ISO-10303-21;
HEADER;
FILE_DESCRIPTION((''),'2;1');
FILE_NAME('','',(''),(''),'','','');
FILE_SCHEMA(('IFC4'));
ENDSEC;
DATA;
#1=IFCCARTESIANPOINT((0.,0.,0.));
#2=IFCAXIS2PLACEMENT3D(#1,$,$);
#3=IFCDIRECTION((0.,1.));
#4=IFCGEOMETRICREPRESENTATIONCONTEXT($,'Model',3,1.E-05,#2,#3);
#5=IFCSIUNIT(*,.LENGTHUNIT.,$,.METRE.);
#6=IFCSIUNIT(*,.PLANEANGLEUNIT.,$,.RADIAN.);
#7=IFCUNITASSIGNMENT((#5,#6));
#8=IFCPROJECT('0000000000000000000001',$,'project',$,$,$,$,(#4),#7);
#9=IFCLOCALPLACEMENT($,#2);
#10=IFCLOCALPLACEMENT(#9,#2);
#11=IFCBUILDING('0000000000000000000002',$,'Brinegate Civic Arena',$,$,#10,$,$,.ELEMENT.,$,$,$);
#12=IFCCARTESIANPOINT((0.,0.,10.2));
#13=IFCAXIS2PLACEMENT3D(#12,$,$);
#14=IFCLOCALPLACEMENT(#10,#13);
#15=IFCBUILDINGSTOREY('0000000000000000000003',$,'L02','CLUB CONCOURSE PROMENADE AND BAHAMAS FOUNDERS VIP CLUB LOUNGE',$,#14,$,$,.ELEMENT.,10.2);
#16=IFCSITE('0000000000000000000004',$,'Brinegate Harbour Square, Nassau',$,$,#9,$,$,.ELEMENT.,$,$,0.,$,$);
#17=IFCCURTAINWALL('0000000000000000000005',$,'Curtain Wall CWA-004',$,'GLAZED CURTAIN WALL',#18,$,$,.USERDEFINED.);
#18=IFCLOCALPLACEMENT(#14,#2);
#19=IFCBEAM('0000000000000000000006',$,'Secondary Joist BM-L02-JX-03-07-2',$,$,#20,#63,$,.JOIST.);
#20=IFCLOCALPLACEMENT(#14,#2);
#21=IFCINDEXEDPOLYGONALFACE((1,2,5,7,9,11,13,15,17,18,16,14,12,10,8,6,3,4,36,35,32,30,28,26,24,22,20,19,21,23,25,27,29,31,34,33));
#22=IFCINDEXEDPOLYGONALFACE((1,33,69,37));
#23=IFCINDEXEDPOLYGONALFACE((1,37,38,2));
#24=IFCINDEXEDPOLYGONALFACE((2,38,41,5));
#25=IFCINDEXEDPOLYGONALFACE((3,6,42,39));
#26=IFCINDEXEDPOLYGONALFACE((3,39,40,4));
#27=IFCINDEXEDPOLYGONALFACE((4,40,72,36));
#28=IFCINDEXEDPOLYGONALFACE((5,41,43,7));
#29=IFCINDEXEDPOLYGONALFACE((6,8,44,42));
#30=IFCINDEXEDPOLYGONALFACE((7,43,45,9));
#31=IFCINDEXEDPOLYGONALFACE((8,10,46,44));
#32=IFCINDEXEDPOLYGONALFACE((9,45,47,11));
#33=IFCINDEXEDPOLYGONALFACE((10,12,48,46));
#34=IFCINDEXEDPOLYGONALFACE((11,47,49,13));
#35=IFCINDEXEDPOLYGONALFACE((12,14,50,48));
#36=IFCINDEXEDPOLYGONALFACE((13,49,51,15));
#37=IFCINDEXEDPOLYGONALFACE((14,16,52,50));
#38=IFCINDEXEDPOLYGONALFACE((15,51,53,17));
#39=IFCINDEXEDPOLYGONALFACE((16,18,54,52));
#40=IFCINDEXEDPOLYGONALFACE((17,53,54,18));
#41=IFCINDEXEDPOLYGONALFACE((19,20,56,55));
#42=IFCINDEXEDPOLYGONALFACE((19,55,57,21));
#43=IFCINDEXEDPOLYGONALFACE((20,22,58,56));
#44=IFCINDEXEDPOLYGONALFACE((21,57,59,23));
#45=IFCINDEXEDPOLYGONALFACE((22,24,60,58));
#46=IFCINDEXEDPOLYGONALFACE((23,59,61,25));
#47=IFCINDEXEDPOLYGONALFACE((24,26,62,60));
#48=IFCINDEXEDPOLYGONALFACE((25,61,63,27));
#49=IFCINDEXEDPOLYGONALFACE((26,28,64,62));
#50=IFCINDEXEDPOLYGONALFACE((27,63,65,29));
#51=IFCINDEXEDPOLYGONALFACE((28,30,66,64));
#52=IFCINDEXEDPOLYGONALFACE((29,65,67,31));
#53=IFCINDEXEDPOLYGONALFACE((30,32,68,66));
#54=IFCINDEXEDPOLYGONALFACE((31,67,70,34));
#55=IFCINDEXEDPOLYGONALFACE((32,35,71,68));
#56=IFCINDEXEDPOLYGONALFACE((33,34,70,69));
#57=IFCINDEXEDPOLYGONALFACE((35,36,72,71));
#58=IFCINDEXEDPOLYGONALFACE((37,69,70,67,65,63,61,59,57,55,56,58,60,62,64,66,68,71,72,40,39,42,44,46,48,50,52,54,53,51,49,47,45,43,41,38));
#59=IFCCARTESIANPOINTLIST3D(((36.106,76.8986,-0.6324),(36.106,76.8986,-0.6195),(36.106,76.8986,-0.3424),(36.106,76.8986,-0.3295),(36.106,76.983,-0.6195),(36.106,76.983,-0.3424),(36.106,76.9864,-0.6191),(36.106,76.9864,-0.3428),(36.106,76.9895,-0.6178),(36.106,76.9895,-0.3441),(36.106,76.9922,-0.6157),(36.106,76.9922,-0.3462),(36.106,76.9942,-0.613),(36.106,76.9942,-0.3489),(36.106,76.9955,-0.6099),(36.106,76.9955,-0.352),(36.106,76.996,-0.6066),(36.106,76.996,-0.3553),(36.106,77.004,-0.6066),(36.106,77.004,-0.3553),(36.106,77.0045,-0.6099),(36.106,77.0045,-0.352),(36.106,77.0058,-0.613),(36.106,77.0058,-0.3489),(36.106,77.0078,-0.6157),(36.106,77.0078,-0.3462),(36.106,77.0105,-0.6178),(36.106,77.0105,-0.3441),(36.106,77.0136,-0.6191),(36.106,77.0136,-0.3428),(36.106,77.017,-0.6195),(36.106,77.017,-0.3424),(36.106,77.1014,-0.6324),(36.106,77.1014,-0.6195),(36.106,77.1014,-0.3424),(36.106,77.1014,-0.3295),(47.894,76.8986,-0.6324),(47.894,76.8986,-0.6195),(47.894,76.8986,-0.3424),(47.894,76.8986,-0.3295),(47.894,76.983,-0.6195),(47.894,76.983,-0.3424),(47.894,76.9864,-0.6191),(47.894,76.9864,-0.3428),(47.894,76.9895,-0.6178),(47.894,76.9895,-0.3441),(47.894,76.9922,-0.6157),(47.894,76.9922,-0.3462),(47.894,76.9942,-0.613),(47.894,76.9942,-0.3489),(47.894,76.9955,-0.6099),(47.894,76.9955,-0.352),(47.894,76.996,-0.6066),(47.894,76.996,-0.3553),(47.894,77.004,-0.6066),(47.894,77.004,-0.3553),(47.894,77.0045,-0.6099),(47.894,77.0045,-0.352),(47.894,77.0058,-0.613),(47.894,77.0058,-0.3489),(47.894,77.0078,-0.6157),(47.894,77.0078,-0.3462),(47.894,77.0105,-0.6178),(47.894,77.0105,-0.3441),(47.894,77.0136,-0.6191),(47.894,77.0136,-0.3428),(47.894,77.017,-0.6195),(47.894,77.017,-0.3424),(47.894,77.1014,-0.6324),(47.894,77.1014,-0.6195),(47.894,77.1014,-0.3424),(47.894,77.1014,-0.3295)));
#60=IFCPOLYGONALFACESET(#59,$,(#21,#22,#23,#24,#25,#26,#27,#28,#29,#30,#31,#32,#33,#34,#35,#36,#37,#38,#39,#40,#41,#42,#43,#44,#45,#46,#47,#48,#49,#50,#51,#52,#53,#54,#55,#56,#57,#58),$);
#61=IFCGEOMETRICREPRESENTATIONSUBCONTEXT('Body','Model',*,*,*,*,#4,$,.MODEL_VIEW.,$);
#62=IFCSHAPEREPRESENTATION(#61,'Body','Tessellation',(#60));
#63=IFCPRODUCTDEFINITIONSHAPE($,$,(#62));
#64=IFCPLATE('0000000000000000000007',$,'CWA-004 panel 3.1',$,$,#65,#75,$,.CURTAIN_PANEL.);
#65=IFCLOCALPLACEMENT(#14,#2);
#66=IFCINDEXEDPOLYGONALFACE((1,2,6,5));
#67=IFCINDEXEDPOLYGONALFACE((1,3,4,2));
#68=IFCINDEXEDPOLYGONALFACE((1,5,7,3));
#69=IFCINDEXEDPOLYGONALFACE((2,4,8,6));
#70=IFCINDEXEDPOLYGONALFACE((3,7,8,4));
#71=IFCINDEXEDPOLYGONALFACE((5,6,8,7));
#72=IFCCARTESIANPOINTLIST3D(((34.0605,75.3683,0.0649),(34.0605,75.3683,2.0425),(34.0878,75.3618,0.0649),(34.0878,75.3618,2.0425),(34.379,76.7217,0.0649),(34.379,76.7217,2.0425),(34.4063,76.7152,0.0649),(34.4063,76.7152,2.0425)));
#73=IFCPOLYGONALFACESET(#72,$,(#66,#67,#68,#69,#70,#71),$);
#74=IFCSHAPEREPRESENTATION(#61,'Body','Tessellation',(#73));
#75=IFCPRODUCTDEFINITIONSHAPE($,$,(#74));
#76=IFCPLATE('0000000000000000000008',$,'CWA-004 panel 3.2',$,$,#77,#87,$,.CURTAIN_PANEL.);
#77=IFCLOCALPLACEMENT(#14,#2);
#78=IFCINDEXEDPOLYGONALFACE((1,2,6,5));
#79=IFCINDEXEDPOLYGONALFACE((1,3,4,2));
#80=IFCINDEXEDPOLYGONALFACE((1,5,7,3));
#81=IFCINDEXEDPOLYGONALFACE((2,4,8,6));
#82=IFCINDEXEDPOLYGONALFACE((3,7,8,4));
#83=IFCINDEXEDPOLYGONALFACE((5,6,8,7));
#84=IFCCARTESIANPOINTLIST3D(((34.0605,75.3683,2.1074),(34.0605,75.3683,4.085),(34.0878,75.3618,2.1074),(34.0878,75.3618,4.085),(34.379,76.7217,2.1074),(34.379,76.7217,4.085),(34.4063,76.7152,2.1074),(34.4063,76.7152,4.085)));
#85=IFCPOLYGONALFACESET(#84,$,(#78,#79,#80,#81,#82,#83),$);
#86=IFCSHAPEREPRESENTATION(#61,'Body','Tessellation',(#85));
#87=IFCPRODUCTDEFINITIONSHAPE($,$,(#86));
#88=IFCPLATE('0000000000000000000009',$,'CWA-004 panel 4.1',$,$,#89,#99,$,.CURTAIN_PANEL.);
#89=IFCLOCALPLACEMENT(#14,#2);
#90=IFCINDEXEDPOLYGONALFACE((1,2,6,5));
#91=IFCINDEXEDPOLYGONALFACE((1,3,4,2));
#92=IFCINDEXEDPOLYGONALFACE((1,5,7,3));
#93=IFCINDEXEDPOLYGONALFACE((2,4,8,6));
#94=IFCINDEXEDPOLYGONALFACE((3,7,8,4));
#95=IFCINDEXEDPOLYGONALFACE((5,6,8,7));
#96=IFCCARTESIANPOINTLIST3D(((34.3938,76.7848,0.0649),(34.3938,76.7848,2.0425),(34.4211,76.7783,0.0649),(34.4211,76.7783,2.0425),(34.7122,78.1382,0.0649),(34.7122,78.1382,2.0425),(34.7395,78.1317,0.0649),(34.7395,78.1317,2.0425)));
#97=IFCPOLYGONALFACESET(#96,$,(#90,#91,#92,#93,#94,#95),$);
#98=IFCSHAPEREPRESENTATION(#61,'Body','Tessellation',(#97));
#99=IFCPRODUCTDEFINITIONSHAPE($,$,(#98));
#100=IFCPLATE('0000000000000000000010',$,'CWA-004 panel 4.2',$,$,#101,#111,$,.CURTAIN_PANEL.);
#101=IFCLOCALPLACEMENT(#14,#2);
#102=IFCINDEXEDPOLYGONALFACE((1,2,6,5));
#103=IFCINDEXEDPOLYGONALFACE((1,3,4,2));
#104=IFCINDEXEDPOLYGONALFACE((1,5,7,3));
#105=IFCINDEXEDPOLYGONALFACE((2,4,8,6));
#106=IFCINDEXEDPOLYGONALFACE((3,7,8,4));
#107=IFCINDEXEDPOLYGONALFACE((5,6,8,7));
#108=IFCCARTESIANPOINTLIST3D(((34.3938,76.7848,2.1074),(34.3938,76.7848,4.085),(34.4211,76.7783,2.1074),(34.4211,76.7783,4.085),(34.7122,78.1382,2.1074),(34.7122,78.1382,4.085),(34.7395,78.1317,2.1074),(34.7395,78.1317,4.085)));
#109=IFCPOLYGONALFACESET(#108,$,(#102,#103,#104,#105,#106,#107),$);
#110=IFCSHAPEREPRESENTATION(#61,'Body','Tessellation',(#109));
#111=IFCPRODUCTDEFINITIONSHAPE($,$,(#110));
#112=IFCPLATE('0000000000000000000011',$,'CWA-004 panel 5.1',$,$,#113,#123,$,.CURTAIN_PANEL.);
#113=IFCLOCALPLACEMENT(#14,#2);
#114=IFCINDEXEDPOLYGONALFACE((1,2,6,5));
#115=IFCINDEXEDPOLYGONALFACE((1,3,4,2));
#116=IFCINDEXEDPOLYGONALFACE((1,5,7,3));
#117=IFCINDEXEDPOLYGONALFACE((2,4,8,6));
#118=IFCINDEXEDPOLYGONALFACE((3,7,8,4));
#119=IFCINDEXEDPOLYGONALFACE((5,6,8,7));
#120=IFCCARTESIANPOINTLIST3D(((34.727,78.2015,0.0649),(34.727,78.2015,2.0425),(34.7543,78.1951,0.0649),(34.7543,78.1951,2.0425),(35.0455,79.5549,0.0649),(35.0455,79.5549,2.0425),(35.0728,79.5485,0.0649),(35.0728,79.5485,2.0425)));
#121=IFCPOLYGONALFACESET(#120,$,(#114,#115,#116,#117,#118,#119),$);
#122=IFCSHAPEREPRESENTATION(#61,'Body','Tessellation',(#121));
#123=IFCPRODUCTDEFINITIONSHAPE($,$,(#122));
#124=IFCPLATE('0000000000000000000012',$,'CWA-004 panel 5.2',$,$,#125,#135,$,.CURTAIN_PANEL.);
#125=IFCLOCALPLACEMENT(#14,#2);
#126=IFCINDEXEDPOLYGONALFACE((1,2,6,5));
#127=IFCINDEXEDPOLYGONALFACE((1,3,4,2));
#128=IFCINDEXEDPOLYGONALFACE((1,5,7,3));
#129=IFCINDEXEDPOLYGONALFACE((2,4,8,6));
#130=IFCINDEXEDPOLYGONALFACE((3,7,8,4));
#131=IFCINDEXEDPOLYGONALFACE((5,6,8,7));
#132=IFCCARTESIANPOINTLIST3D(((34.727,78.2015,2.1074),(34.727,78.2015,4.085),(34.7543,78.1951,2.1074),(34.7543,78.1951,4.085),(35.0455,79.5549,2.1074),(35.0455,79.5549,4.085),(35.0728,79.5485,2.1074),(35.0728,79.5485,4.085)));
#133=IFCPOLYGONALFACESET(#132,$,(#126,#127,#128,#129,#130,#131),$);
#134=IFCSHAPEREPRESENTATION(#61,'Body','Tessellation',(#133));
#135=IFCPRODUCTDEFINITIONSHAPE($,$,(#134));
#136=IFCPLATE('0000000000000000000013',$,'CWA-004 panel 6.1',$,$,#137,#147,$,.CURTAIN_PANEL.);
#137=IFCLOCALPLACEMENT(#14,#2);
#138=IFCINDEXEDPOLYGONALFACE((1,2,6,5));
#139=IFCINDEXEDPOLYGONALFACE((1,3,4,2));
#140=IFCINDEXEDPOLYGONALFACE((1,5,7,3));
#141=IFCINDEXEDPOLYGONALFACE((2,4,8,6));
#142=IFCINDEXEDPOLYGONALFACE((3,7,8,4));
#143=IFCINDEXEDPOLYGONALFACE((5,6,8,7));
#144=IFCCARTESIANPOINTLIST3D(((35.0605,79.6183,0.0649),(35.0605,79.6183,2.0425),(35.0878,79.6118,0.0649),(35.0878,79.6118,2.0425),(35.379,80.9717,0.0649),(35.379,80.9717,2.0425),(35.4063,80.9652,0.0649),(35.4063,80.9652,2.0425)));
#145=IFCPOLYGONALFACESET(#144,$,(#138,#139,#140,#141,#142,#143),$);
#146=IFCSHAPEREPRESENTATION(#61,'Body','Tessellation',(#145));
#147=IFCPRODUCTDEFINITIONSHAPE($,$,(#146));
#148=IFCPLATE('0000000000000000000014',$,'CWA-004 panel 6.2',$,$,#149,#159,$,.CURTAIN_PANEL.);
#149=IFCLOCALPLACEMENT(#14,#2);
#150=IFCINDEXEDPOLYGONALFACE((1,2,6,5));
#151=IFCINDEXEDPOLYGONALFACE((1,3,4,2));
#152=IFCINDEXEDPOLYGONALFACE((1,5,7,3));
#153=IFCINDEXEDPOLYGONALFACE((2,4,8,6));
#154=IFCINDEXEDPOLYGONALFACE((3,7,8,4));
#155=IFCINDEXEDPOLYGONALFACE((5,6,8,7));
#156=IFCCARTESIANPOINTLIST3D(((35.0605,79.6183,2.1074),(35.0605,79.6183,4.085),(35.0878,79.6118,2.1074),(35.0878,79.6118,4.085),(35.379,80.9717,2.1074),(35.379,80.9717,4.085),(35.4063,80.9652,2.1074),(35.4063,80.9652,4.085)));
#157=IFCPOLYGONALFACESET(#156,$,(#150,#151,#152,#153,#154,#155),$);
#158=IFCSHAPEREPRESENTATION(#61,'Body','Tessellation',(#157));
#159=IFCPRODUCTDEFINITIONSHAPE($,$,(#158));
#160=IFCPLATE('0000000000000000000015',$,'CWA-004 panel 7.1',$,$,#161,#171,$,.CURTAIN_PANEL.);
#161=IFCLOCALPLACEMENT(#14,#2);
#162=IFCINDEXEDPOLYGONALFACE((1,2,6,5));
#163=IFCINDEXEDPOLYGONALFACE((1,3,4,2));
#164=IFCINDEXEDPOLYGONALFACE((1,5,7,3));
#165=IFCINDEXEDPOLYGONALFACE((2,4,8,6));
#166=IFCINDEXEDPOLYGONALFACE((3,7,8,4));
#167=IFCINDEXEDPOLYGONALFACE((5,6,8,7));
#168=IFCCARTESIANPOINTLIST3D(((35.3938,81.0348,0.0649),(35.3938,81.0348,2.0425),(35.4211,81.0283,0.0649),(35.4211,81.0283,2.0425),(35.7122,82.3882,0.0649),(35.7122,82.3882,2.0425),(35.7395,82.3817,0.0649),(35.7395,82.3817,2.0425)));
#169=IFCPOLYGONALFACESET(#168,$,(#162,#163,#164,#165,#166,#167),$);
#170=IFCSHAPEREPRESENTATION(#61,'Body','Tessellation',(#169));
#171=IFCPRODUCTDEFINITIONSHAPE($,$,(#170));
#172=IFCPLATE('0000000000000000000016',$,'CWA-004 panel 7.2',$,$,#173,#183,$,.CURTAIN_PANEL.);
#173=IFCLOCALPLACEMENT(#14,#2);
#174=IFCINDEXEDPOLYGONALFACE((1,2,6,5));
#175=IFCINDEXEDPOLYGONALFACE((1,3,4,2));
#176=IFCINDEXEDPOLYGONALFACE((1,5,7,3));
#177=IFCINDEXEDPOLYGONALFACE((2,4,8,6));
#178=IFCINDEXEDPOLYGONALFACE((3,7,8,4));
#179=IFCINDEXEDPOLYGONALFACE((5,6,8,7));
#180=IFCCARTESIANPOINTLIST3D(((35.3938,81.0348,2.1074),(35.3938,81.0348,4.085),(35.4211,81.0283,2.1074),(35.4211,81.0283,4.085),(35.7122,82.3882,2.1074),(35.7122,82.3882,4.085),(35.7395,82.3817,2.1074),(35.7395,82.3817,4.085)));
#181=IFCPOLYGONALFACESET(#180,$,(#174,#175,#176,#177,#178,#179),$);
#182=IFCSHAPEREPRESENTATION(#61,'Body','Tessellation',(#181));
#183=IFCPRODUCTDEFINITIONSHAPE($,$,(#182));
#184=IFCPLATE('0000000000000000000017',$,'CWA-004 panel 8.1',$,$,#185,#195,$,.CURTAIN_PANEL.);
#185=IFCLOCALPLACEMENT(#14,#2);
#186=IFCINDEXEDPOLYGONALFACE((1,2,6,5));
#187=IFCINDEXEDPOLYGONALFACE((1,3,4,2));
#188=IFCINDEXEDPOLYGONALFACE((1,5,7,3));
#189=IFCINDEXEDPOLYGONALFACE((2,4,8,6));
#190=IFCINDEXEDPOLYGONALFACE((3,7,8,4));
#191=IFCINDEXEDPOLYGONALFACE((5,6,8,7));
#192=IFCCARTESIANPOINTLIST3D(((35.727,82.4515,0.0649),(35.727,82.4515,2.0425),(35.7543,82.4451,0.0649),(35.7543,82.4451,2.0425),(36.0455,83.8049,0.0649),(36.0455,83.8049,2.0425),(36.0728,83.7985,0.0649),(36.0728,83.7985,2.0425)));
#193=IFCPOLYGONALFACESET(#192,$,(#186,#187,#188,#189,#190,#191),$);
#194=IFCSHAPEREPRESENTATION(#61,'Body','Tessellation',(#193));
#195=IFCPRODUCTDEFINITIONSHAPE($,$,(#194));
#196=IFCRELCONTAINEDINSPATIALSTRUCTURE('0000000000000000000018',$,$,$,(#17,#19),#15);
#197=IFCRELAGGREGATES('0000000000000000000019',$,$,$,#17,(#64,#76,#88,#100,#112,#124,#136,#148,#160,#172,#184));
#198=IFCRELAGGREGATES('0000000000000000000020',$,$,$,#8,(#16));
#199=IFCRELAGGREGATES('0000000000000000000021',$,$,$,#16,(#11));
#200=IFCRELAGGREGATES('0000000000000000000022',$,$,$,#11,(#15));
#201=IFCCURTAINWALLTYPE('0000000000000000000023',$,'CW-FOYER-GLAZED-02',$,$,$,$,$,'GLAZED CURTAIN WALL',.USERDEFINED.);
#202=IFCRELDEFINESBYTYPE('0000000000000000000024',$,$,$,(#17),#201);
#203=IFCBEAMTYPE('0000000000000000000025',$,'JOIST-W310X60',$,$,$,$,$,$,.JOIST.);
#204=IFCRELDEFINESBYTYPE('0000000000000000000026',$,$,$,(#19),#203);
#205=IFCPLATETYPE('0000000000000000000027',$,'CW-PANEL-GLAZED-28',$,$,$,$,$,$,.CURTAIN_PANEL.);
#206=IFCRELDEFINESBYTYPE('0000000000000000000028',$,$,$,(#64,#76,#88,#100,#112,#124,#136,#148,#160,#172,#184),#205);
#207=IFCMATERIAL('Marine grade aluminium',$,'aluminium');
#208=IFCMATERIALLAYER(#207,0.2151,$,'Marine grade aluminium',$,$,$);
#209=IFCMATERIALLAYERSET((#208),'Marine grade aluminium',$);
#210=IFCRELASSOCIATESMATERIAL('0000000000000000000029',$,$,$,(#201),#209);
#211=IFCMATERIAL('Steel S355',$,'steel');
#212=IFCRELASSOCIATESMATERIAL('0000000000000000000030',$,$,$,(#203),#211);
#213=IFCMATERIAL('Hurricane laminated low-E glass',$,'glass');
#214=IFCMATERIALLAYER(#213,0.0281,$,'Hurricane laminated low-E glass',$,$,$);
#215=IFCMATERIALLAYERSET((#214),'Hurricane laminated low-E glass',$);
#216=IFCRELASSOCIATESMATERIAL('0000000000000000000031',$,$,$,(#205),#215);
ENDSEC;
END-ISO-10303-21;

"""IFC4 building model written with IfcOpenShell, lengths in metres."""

from ifc_helpers import new_model, si_unit, direction, frame, origin, origin_2d, place, context, subcontext, project, spatial, rectangle, i_section, extrude, material, layer, layer_set, material_profile, profile_set, type_object, element, aggregate, save


model = new_model("IFC4")

# Units and contexts
model_context = context("Model", 3, precision=1e-05, world=origin(), true_north=direction((0.0, 1.0)))
body_context = subcontext(model_context, "Body", "Model", "MODEL_VIEW")
ifc_project = project(units=[si_unit("LENGTHUNIT", "METRE"), si_unit("PLANEANGLEUNIT", "RADIAN")], contexts=[model_context])

# Site, building, storey
site_placement = place(None, origin())
site = spatial("IfcSite", under=ifc_project, at=site_placement, Name="Brinegate Harbour Square, Nassau", CompositionType="ELEMENT", RefElevation=0.0)
building_placement = place(site_placement, origin())
building = spatial("IfcBuilding", under=site, at=building_placement, Name="Brinegate Civic Arena", CompositionType="ELEMENT")
storey_placement = place(building_placement, frame((0.0, 0.0, 10.2)))
storey = spatial("IfcBuildingStorey", under=building, at=storey_placement, Name="L02", Description="CLUB CONCOURSE PROMENADE AND BAHAMAS FOUNDERS VIP CLUB LOUNGE", CompositionType="ELEMENT", Elevation=10.2)

# Curtain wall
ifc_material_1 = material(Name="Marine grade aluminium", Category="aluminium")
ifc_layer_1 = layer(ifc_material_1, 0.2151, Name="Marine grade aluminium")
ifc_layer_set_1 = layer_set([ifc_layer_1], Name="Marine grade aluminium")
curtain_wall_type = type_object("IfcCurtainWallType", Name="CW-FOYER-GLAZED-02", ElementType="GLAZED CURTAIN WALL", PredefinedType="USERDEFINED", material=ifc_layer_set_1)
curtain_wall_placement = place(storey_placement, origin())
curtain_wall = element("IfcCurtainWall", 1, at=curtain_wall_placement, inside=storey, type_object=curtain_wall_type, Name="Curtain Wall CWA-004", ObjectType="GLAZED CURTAIN WALL", PredefinedType="USERDEFINED")

# Beam
ifc_material_2 = material(Name="Steel S355", Category="steel")
ifc_material_profile_1 = material_profile(ifc_material_2, i_section(OverallWidth=0.2029, OverallDepth=0.303, WebThickness=0.0081, FlangeThickness=0.0129, FilletRadius=0.0129, at=origin_2d()), Name="W310X60")
ifc_profile_set_1 = profile_set([ifc_material_profile_1], Name="Steel S355")
beam_type_1 = type_object("IfcBeamType", Name="JOIST-W310X60", PredefinedType="JOIST", material=ifc_profile_set_1)
beam_1_placement = place(storey_placement, frame((36.106, 77.0, -0.481), z_axis=(1.0, 0.0, 0.0), x_axis=(0.0, 1.0, 0.0)))
element("IfcBeam", 2, at=beam_1_placement, inside=storey, type_object=beam_type_1, Name="Secondary Joist BM-L02-JX-03-07-2", PredefinedType="JOIST", context=body_context, shape_type="SweptSolid", body=[
    extrude(i_section(OverallWidth=0.2029, OverallDepth=0.303, WebThickness=0.0081, FlangeThickness=0.0129, FilletRadius=0.0129, at=origin_2d()), origin(), (0.0, 0.0, 1.0), 11.7881),
])

# Plates
ifc_material_3 = material(Name="Hurricane laminated low-E glass", Category="glass")
ifc_layer_2 = layer(ifc_material_3, 0.0281, Name="Hurricane laminated low-E glass")
ifc_layer_set_2 = layer_set([ifc_layer_2], Name="Hurricane laminated low-E glass")
plate_type = type_object("IfcPlateType", Name="CW-PANEL-GLAZED-28", PredefinedType="CURTAIN_PANEL", material=ifc_layer_set_2)
plate_1_placement = place(storey_placement, frame((34.2334, 76.0417, 0.0649), z_axis=(0.0, 0.0, 1.0), x_axis=(0.229039, 0.973417, 0.0)))
plate_1 = element("IfcPlate", 3, at=plate_1_placement, type_object=plate_type, Name="CWA-004 panel 3.1", PredefinedType="CURTAIN_PANEL", context=body_context, shape_type="SweptSolid", body=[
    extrude(rectangle(XDim=1.3904, YDim=0.0281, at=origin_2d()), origin(), (0.0, 0.0, 1.0), 1.9775),
])
plate_2_placement = place(storey_placement, frame((34.2334, 76.0417, 2.1074), z_axis=(0.0, 0.0, 1.0), x_axis=(0.229039, 0.973417, 0.0)))
plate_2 = element("IfcPlate", 4, at=plate_2_placement, type_object=plate_type, Name="CWA-004 panel 3.2", PredefinedType="CURTAIN_PANEL", context=body_context, shape_type="SweptSolid", body=[
    extrude(rectangle(XDim=1.3904, YDim=0.0281, at=origin_2d()), origin(), (0.0, 0.0, 1.0), 1.9775),
])
plate_3_placement = place(storey_placement, frame((34.5667, 77.4583, 0.0649), z_axis=(0.0, 0.0, 1.0), x_axis=(0.229039, 0.973417, 0.0)))
plate_3 = element("IfcPlate", 5, at=plate_3_placement, type_object=plate_type, Name="CWA-004 panel 4.1", PredefinedType="CURTAIN_PANEL", context=body_context, shape_type="SweptSolid", body=[
    extrude(rectangle(XDim=1.3904, YDim=0.0281, at=origin_2d()), origin(), (0.0, 0.0, 1.0), 1.9775),
])
plate_4_placement = place(storey_placement, frame((34.5667, 77.4583, 2.1074), z_axis=(0.0, 0.0, 1.0), x_axis=(0.229039, 0.973417, 0.0)))
plate_4 = element("IfcPlate", 6, at=plate_4_placement, type_object=plate_type, Name="CWA-004 panel 4.2", PredefinedType="CURTAIN_PANEL", context=body_context, shape_type="SweptSolid", body=[
    extrude(rectangle(XDim=1.3904, YDim=0.0281, at=origin_2d()), origin(), (0.0, 0.0, 1.0), 1.9775),
])
plate_5_placement = place(storey_placement, frame((34.8999, 78.875, 0.0649), z_axis=(0.0, 0.0, 1.0), x_axis=(0.229039, 0.973417, 0.0)))
plate_5 = element("IfcPlate", 7, at=plate_5_placement, type_object=plate_type, Name="CWA-004 panel 5.1", PredefinedType="CURTAIN_PANEL", context=body_context, shape_type="SweptSolid", body=[
    extrude(rectangle(XDim=1.3904, YDim=0.0281, at=origin_2d()), origin(), (0.0, 0.0, 1.0), 1.9775),
])
plate_6_placement = place(storey_placement, frame((34.8999, 78.875, 2.1074), z_axis=(0.0, 0.0, 1.0), x_axis=(0.229039, 0.973417, 0.0)))
plate_6 = element("IfcPlate", 8, at=plate_6_placement, type_object=plate_type, Name="CWA-004 panel 5.2", PredefinedType="CURTAIN_PANEL", context=body_context, shape_type="SweptSolid", body=[
    extrude(rectangle(XDim=1.3904, YDim=0.0281, at=origin_2d()), origin(), (0.0, 0.0, 1.0), 1.9775),
])
plate_7_placement = place(storey_placement, frame((35.2334, 80.2917, 0.0649), z_axis=(0.0, 0.0, 1.0), x_axis=(0.229039, 0.973417, 0.0)))
plate_7 = element("IfcPlate", 9, at=plate_7_placement, type_object=plate_type, Name="CWA-004 panel 6.1", PredefinedType="CURTAIN_PANEL", context=body_context, shape_type="SweptSolid", body=[
    extrude(rectangle(XDim=1.3904, YDim=0.0281, at=origin_2d()), origin(), (0.0, 0.0, 1.0), 1.9775),
])
plate_8_placement = place(storey_placement, frame((35.2334, 80.2917, 2.1074), z_axis=(0.0, 0.0, 1.0), x_axis=(0.229039, 0.973417, 0.0)))
plate_8 = element("IfcPlate", 10, at=plate_8_placement, type_object=plate_type, Name="CWA-004 panel 6.2", PredefinedType="CURTAIN_PANEL", context=body_context, shape_type="SweptSolid", body=[
    extrude(rectangle(XDim=1.3904, YDim=0.0281, at=origin_2d()), origin(), (0.0, 0.0, 1.0), 1.9775),
])
plate_9_placement = place(storey_placement, frame((35.5667, 81.7083, 0.0649), z_axis=(0.0, 0.0, 1.0), x_axis=(0.229039, 0.973417, 0.0)))
plate_9 = element("IfcPlate", 11, at=plate_9_placement, type_object=plate_type, Name="CWA-004 panel 7.1", PredefinedType="CURTAIN_PANEL", context=body_context, shape_type="SweptSolid", body=[
    extrude(rectangle(XDim=1.3904, YDim=0.0281, at=origin_2d()), origin(), (0.0, 0.0, 1.0), 1.9775),
])
plate_10_placement = place(storey_placement, frame((35.5667, 81.7083, 2.1074), z_axis=(0.0, 0.0, 1.0), x_axis=(0.229039, 0.973417, 0.0)))
plate_10 = element("IfcPlate", 12, at=plate_10_placement, type_object=plate_type, Name="CWA-004 panel 7.2", PredefinedType="CURTAIN_PANEL", context=body_context, shape_type="SweptSolid", body=[
    extrude(rectangle(XDim=1.3904, YDim=0.0281, at=origin_2d()), origin(), (0.0, 0.0, 1.0), 1.9775),
])
plate_11_placement = place(storey_placement, frame((35.8999, 83.125, 0.0649), z_axis=(0.0, 0.0, 1.0), x_axis=(0.229039, 0.973417, 0.0)))
plate_11 = element("IfcPlate", 13, at=plate_11_placement, type_object=plate_type, Name="CWA-004 panel 8.1", PredefinedType="CURTAIN_PANEL", context=body_context, shape_type="SweptSolid", body=[
    extrude(rectangle(XDim=1.3904, YDim=0.0281, at=origin_2d()), origin(), (0.0, 0.0, 1.0), 1.9775),
])
aggregate(curtain_wall, [plate_1, plate_2, plate_3, plate_4, plate_5, plate_6, plate_7, plate_8, plate_9, plate_10, plate_11])

save(model, "model.ifc")
